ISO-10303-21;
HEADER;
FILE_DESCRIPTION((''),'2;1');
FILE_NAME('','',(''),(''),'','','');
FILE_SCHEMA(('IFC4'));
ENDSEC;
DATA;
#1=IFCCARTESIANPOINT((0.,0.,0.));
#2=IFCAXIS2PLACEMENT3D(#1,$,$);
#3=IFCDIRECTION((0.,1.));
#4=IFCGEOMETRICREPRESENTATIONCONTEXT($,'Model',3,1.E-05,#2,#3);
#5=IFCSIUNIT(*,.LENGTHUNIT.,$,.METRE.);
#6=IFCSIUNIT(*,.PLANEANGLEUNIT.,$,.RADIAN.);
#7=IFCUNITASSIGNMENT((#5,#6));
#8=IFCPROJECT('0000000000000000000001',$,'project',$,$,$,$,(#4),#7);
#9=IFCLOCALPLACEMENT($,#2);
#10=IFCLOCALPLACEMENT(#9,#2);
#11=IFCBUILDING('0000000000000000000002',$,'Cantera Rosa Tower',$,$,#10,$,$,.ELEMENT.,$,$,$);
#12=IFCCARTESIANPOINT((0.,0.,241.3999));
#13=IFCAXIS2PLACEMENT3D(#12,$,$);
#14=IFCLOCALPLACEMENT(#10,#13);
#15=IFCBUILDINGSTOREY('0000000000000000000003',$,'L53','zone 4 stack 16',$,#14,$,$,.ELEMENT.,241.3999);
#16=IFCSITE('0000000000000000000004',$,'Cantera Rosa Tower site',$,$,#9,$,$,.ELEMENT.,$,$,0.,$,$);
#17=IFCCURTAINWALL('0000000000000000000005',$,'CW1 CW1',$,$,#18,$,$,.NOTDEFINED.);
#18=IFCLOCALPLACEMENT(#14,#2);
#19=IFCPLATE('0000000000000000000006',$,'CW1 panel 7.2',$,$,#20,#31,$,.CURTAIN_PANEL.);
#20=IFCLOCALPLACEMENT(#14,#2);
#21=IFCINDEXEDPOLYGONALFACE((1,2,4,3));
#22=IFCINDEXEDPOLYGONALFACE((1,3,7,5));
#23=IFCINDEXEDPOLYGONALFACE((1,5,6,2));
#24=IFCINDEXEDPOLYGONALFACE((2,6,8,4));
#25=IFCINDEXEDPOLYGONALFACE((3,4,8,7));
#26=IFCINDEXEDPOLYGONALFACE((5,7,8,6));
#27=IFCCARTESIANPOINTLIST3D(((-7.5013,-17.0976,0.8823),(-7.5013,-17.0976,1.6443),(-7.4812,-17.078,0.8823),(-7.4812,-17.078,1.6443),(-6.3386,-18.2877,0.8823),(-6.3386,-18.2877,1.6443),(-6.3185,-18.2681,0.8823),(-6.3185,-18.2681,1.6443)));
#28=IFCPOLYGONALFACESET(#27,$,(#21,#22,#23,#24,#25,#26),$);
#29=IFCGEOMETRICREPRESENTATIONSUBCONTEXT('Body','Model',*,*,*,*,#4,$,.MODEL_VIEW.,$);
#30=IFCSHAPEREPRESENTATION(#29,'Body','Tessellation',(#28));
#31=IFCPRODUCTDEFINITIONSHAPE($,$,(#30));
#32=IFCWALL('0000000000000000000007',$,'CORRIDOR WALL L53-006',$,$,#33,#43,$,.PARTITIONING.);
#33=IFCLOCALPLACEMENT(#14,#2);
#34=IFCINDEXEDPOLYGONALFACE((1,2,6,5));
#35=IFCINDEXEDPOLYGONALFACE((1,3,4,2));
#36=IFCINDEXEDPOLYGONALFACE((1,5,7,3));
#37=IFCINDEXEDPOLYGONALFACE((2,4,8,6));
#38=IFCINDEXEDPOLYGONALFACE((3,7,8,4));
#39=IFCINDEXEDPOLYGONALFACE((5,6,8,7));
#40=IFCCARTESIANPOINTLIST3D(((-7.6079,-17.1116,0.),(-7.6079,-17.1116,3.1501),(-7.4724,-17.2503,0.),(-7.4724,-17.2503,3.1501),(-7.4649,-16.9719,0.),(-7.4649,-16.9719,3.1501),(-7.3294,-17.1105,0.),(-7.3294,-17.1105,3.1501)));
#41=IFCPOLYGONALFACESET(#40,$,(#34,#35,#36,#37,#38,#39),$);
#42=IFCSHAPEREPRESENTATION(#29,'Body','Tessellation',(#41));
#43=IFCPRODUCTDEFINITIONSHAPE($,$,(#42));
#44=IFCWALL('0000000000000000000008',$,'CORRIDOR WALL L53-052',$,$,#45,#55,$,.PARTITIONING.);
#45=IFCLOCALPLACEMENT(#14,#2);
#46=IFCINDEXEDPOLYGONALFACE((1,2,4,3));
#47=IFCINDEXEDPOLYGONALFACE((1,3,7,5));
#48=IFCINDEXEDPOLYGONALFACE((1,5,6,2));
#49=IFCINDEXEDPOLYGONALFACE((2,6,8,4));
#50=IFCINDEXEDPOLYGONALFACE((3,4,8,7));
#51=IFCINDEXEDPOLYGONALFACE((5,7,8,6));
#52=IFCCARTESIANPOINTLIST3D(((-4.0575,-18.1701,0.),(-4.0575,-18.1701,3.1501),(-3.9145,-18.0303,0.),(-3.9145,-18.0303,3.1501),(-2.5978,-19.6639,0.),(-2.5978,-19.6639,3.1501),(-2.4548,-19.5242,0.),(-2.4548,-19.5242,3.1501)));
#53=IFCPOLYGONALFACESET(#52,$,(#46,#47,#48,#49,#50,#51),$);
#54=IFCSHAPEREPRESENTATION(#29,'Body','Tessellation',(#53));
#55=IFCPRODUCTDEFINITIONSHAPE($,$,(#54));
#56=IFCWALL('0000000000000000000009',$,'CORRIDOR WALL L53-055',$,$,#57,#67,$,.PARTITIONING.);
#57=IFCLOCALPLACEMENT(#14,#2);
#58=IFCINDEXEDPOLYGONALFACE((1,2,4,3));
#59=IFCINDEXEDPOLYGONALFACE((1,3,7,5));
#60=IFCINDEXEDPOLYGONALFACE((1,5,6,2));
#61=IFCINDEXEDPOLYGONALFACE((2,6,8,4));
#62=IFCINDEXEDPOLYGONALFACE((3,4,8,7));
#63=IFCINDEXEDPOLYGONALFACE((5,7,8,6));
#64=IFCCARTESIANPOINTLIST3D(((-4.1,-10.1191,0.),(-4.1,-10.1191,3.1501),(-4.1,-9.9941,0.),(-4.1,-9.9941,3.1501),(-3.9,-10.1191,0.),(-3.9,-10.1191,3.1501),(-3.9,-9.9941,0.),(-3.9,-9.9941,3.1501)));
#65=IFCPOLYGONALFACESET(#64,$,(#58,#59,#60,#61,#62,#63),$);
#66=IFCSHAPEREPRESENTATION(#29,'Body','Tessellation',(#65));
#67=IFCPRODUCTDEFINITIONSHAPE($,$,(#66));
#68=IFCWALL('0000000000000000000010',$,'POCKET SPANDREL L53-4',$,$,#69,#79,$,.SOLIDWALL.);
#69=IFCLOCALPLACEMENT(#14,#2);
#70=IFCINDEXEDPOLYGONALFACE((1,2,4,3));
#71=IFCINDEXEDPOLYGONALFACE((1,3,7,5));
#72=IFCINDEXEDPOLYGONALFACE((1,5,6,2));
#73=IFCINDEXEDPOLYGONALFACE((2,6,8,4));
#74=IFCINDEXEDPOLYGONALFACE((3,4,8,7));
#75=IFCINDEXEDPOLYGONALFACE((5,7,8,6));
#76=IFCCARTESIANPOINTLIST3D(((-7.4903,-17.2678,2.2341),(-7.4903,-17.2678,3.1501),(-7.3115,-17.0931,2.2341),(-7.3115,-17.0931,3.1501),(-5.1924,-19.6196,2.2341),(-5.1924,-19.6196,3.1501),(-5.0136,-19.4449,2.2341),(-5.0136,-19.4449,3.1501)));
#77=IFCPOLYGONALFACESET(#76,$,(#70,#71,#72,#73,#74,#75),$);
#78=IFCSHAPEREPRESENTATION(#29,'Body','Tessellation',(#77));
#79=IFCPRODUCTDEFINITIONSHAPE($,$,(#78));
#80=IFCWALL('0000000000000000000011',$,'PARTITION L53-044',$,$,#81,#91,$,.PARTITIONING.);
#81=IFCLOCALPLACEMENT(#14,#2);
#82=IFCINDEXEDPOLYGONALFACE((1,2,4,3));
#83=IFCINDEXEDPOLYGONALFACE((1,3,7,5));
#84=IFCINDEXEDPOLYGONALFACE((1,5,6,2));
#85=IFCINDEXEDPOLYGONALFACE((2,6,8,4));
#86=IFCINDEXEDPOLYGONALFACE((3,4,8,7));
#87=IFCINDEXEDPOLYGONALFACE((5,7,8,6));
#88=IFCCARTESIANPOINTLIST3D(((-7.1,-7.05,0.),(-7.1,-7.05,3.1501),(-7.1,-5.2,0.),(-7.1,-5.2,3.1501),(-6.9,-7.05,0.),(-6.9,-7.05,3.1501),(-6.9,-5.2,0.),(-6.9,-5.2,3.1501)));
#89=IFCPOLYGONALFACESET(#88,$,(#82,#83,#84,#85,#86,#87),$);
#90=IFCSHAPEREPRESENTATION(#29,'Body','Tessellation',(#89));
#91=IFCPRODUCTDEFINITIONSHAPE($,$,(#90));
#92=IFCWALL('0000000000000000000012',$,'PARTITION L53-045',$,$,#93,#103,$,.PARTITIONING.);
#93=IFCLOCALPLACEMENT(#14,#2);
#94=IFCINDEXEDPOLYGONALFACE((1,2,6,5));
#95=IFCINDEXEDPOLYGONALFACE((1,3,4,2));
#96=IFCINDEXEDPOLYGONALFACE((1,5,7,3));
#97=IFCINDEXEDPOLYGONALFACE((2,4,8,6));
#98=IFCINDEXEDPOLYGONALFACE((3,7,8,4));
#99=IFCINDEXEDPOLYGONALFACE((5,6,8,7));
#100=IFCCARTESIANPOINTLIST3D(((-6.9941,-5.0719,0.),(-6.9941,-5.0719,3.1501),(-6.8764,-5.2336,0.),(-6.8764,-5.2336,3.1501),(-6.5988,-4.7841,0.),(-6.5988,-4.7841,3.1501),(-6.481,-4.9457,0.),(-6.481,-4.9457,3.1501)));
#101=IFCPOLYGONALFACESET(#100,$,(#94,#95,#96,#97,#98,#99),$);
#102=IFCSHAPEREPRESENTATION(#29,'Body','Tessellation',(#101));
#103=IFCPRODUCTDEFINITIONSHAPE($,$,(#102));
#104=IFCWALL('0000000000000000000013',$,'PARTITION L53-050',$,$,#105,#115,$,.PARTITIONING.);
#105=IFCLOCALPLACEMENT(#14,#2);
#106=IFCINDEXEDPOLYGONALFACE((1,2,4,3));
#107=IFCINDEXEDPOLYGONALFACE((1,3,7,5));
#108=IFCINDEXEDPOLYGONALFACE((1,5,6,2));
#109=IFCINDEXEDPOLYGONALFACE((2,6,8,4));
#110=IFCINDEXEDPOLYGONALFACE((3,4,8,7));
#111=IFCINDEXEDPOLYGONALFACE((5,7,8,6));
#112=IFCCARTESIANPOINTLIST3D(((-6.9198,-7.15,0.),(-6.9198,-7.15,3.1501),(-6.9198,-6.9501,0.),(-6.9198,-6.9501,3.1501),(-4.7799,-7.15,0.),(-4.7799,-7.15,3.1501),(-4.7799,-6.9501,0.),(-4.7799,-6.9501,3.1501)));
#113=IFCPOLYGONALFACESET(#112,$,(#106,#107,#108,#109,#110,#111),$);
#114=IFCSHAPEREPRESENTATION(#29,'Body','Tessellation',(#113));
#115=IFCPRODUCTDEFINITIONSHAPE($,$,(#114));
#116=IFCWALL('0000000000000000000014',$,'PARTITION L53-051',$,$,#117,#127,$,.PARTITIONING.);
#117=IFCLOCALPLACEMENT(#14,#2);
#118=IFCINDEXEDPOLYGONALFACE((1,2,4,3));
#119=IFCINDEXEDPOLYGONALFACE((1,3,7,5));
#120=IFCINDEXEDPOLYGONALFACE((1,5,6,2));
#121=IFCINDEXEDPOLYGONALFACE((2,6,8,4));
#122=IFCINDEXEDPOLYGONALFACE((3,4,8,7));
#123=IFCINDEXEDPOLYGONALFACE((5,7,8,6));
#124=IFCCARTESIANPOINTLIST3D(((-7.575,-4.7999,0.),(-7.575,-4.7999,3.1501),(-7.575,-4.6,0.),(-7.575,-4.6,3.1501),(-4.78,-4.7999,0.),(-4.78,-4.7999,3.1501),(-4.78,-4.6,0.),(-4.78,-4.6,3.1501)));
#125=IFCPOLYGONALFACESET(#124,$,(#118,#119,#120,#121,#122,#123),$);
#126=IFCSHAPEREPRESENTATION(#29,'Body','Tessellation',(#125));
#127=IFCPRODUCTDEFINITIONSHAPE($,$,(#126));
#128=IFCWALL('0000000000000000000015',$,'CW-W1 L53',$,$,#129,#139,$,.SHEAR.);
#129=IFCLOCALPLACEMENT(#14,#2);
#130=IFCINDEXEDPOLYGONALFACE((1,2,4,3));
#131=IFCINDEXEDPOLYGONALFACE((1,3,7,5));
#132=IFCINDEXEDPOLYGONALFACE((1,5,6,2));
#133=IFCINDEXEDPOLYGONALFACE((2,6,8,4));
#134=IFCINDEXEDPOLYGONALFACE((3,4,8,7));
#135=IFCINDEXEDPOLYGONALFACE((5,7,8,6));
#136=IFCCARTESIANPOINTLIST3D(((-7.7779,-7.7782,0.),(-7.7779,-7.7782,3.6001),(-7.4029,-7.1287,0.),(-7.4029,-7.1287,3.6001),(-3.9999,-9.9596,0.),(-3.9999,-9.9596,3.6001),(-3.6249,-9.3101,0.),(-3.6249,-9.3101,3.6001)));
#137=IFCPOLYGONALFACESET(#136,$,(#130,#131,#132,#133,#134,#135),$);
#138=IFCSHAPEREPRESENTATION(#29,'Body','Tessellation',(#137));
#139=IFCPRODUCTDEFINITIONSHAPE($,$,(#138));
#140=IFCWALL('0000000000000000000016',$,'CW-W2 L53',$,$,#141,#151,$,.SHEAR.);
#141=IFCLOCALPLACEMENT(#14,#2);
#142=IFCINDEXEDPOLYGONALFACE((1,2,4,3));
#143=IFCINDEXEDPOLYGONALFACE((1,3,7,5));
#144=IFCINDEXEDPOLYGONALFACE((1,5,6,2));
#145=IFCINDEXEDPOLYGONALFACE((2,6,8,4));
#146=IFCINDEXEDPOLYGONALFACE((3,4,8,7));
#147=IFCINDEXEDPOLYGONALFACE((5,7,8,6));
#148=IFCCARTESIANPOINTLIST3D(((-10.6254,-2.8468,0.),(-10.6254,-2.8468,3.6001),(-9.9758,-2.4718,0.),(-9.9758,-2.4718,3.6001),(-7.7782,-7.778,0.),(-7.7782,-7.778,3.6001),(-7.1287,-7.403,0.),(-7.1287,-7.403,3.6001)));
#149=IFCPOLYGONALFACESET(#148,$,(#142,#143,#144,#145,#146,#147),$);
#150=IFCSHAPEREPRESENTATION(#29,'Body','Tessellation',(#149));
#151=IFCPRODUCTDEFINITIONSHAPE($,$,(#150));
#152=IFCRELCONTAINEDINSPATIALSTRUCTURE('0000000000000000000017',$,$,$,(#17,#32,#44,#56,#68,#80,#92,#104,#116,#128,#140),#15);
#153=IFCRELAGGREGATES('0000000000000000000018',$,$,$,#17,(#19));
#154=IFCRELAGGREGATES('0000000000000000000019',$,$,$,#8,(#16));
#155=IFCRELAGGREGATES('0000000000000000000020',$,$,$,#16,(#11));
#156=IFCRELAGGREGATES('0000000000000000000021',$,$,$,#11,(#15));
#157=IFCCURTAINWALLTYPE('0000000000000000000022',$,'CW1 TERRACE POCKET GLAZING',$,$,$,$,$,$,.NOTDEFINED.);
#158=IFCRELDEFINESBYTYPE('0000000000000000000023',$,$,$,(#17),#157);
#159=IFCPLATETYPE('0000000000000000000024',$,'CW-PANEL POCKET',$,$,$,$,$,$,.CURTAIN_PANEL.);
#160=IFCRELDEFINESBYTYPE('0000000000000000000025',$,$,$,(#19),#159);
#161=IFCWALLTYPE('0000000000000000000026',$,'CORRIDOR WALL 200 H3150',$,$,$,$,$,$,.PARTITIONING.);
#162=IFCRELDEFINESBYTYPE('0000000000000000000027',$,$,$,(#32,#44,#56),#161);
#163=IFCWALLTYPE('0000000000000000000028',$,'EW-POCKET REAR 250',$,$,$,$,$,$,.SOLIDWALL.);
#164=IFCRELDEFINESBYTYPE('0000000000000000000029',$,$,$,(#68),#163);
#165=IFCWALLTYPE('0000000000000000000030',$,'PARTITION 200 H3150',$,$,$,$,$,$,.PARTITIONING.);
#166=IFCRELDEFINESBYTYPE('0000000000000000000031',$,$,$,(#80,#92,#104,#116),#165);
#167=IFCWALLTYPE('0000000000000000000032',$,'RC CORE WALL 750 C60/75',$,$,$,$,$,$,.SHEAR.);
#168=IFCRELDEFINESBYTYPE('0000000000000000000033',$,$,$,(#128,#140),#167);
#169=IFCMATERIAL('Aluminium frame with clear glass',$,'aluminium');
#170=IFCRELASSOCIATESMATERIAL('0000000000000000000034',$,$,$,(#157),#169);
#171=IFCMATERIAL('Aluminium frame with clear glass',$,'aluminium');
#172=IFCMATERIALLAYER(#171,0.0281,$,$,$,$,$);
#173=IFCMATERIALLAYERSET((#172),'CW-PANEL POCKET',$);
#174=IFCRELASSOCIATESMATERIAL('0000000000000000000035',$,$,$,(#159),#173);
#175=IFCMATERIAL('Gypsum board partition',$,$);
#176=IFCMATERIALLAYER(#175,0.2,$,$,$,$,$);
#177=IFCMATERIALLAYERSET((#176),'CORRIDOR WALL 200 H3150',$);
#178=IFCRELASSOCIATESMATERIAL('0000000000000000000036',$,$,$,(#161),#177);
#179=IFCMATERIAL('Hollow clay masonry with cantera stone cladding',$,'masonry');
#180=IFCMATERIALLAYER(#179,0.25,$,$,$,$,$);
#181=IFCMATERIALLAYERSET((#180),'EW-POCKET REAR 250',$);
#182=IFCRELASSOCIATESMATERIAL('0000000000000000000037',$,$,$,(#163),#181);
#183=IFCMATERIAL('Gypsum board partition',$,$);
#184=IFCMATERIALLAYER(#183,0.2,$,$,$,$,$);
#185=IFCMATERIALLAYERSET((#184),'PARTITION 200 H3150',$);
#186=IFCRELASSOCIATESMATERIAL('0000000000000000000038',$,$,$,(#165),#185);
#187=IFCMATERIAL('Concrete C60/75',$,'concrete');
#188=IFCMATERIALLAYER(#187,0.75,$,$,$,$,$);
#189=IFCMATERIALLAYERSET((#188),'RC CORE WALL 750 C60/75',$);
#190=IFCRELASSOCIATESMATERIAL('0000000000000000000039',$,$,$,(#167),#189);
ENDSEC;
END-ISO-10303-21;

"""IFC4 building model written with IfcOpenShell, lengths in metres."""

from ifc_helpers import new_model, si_unit, direction, frame, frame_2d, origin, origin_2d, place, context, subcontext, project, spatial, rectangle, extrude, material, layer, layer_set, type_object, element, aggregate, save


model = new_model("IFC4")

# Units and contexts
model_context = context("Model", 3, precision=1e-05, world=origin(), true_north=direction((0.0, 1.0)))
body_context = subcontext(model_context, "Body", "Model", "MODEL_VIEW")
ifc_project = project(units=[si_unit("LENGTHUNIT", "METRE"), si_unit("PLANEANGLEUNIT", "RADIAN")], contexts=[model_context])

# Site, building, storey
site_placement = place(None, origin())
site = spatial("IfcSite", under=ifc_project, at=site_placement, Name="Cantera Rosa Tower site", CompositionType="ELEMENT", RefElevation=0.0)
building_placement = place(site_placement, origin())
building = spatial("IfcBuilding", under=site, at=building_placement, Name="Cantera Rosa Tower", CompositionType="ELEMENT")
storey_placement = place(building_placement, frame((0.0, 0.0, 241.3999)))
storey = spatial("IfcBuildingStorey", under=building, at=storey_placement, Name="L53", Description="zone 4 stack 16", CompositionType="ELEMENT", Elevation=241.3999)

# Curtain wall
ifc_material_1 = material(Name="Aluminium frame with clear glass", Category="aluminium")
curtain_wall_type = type_object("IfcCurtainWallType", Name="CW1 TERRACE POCKET GLAZING", PredefinedType="NOTDEFINED", material=ifc_material_1)
curtain_wall_placement = place(storey_placement, origin())
curtain_wall = element("IfcCurtainWall", 1, at=curtain_wall_placement, inside=storey, type_object=curtain_wall_type, Name="CW1 CW1", PredefinedType="NOTDEFINED")

# Plate
ifc_material_2 = material(Name="Aluminium frame with clear glass", Category="aluminium")
ifc_layer_1 = layer(ifc_material_2, 0.0281)
ifc_layer_set_1 = layer_set([ifc_layer_1], Name="CW-PANEL POCKET")
plate_type = type_object("IfcPlateType", Name="CW-PANEL POCKET", PredefinedType="CURTAIN_PANEL", material=ifc_layer_set_1)
plate_1_placement = place(storey_placement, frame((-6.9099, -17.6829, 0.8823), z_axis=(0.0, 0.0, 1.0), x_axis=(0.698832, -0.715286, 0.0)))
plate_1 = element("IfcPlate", 2, at=plate_1_placement, type_object=plate_type, Name="CW1 panel 7.2", PredefinedType="CURTAIN_PANEL", context=body_context, shape_type="SweptSolid", body=[
    extrude(rectangle(XDim=1.6638, YDim=0.0281, at=origin_2d()), origin(), (0.0, 0.0, 1.0), 0.762),
])
aggregate(curtain_wall, [plate_1])

# Walls
ifc_material_3 = material(Name="Gypsum board partition")
ifc_layer_2 = layer(ifc_material_3, 0.2)
ifc_layer_set_2 = layer_set([ifc_layer_2], Name="CORRIDOR WALL 200 H3150")
wall_type_1 = type_object("IfcWallType", Name="CORRIDOR WALL 200 H3150", PredefinedType="PARTITIONING", material=ifc_layer_set_2)
wall_1_placement = place(storey_placement, frame((-7.5364, -17.0417, 0.0), z_axis=(0.0, 0.0, 1.0), x_axis=(0.698874, -0.715244, 0.0)))
element("IfcWall", 3, at=wall_1_placement, inside=storey, type_object=wall_type_1, Name="CORRIDOR WALL L53-006", PredefinedType="PARTITIONING", context=body_context, shape_type="SweptSolid", body=[
    extrude(rectangle(XDim=0.1938, YDim=0.2, at=frame_2d((0.0969, 0.0))), origin(), (0.0, 0.0, 1.0), 3.1501),
])
wall_2_placement = place(storey_placement, frame((-3.9861, -18.1001, 0.0), z_axis=(0.0, 0.0, 1.0), x_axis=(0.698877, -0.715242, 0.0)))
element("IfcWall", 4, at=wall_2_placement, inside=storey, type_object=wall_type_1, Name="CORRIDOR WALL L53-052", PredefinedType="PARTITIONING", context=body_context, shape_type="SweptSolid", body=[
    extrude(rectangle(XDim=2.0886, YDim=0.2, at=frame_2d((1.0444, 0.0))), origin(), (0.0, 0.0, 1.0), 3.1501),
])
wall_3_placement = place(storey_placement, frame((-4.0, -9.9941, 0.0), z_axis=(0.0, 0.0, 1.0), x_axis=(0.0, -1.0, 0.0)))
element("IfcWall", 5, at=wall_3_placement, inside=storey, type_object=wall_type_1, Name="CORRIDOR WALL L53-055", PredefinedType="PARTITIONING", context=body_context, shape_type="SweptSolid", body=[
    extrude(rectangle(XDim=0.125, YDim=0.2, at=frame_2d((0.0625, 0.0))), origin(), (0.0, 0.0, 1.0), 3.1501),
])
ifc_material_4 = material(Name="Hollow clay masonry with cantera stone cladding", Category="masonry")
ifc_layer_3 = layer(ifc_material_4, 0.25)
ifc_layer_set_3 = layer_set([ifc_layer_3], Name="EW-POCKET REAR 250")
wall_type_2 = type_object("IfcWallType", Name="EW-POCKET REAR 250", PredefinedType="SOLIDWALL", material=ifc_layer_set_3)
wall_4_placement = place(storey_placement, frame((-7.4009, -17.1804, 2.2341), z_axis=(0.0, 0.0, 1.0), x_axis=(0.698854, -0.715264, 0.0)))
element("IfcWall", 6, at=wall_4_placement, inside=storey, type_object=wall_type_2, Name="POCKET SPANDREL L53-4", PredefinedType="SOLIDWALL", context=body_context, shape_type="SweptSolid", body=[
    extrude(rectangle(XDim=3.2881, YDim=0.25, at=frame_2d((1.644, 0.0))), origin(), (0.0, 0.0, 1.0), 0.916),
])
ifc_material_5 = material(Name="Gypsum board partition")
ifc_layer_4 = layer(ifc_material_5, 0.2)
ifc_layer_set_4 = layer_set([ifc_layer_4], Name="PARTITION 200 H3150")
wall_type_3 = type_object("IfcWallType", Name="PARTITION 200 H3150", PredefinedType="PARTITIONING", material=ifc_layer_set_4)
wall_5_placement = place(storey_placement, frame((-7.0, -7.05, 0.0), z_axis=(0.0, 0.0, 1.0), x_axis=(0.0, 1.0, 0.0)))
element("IfcWall", 7, at=wall_5_placement, inside=storey, type_object=wall_type_3, Name="PARTITION L53-044", PredefinedType="PARTITIONING", context=body_context, shape_type="SweptSolid", body=[
    extrude(rectangle(XDim=1.8501, YDim=0.2, at=frame_2d((0.925, 0.0))), origin(), (0.0, 0.0, 1.0), 3.1501),
])
wall_6_placement = place(storey_placement, frame((-6.9353, -5.1528, 0.0), z_axis=(0.0, 0.0, 1.0), x_axis=(0.808369, 0.588676, 0.0)))
element("IfcWall", 8, at=wall_6_placement, inside=storey, type_object=wall_type_3, Name="PARTITION L53-045", PredefinedType="PARTITIONING", context=body_context, shape_type="SweptSolid", body=[
    extrude(rectangle(XDim=0.489, YDim=0.2, at=frame_2d((0.2446, 0.0))), origin(), (0.0, 0.0, 1.0), 3.1501),
])
wall_7_placement = place(storey_placement, frame((-4.78, -7.05, 0.0), z_axis=(0.0, 0.0, 1.0), x_axis=(-1.0, 0.0, 0.0)))
element("IfcWall", 9, at=wall_7_placement, inside=storey, type_object=wall_type_3, Name="PARTITION L53-050", PredefinedType="PARTITIONING", context=body_context, shape_type="SweptSolid", body=[
    extrude(rectangle(XDim=2.1399, YDim=0.2, at=frame_2d((1.0698, 0.0))), origin(), (0.0, 0.0, 1.0), 3.1501),
])
wall_8_placement = place(storey_placement, frame((-4.78, -4.7, 0.0), z_axis=(0.0, 0.0, 1.0), x_axis=(-1.0, 0.0, 0.0)))
element("IfcWall", 10, at=wall_8_placement, inside=storey, type_object=wall_type_3, Name="PARTITION L53-051", PredefinedType="PARTITIONING", context=body_context, shape_type="SweptSolid", body=[
    extrude(rectangle(XDim=2.7949, YDim=0.2, at=frame_2d((1.3975, 0.0))), origin(), (0.0, 0.0, 1.0), 3.1501),
])
ifc_material_6 = material(Name="Concrete C60/75", Category="concrete")
ifc_layer_5 = layer(ifc_material_6, 0.75)
ifc_layer_set_5 = layer_set([ifc_layer_5], Name="RC CORE WALL 750 C60/75")
wall_type_4 = type_object("IfcWallType", Name="RC CORE WALL 750 C60/75", PredefinedType="SHEAR", material=ifc_layer_set_5)
wall_9_placement = place(storey_placement, frame((-3.8125, -9.6348, 0.0), z_axis=(0.0, 0.0, 1.0), x_axis=(-0.866013, 0.500021, 0.0)))
element("IfcWall", 11, at=wall_9_placement, inside=storey, type_object=wall_type_4, Name="CW-W1 L53", PredefinedType="SHEAR", context=body_context, shape_type="SweptSolid", body=[
    extrude(rectangle(XDim=4.3625, YDim=0.75, at=frame_2d((2.1812, 0.0))), origin(), (0.0, 0.0, 1.0), 3.6001),
])
wall_10_placement = place(storey_placement, frame((-7.4534, -7.5906, 0.0), z_axis=(0.0, 0.0, 1.0), x_axis=(-0.500022, 0.866013, 0.0)))
element("IfcWall", 12, at=wall_10_placement, inside=storey, type_object=wall_type_4, Name="CW-W2 L53", PredefinedType="SHEAR", context=body_context, shape_type="SweptSolid", body=[
    extrude(rectangle(XDim=5.6941, YDim=0.75, at=frame_2d((2.8472, 0.0))), origin(), (0.0, 0.0, 1.0), 3.6001),
])

save(model, "model.ifc")
